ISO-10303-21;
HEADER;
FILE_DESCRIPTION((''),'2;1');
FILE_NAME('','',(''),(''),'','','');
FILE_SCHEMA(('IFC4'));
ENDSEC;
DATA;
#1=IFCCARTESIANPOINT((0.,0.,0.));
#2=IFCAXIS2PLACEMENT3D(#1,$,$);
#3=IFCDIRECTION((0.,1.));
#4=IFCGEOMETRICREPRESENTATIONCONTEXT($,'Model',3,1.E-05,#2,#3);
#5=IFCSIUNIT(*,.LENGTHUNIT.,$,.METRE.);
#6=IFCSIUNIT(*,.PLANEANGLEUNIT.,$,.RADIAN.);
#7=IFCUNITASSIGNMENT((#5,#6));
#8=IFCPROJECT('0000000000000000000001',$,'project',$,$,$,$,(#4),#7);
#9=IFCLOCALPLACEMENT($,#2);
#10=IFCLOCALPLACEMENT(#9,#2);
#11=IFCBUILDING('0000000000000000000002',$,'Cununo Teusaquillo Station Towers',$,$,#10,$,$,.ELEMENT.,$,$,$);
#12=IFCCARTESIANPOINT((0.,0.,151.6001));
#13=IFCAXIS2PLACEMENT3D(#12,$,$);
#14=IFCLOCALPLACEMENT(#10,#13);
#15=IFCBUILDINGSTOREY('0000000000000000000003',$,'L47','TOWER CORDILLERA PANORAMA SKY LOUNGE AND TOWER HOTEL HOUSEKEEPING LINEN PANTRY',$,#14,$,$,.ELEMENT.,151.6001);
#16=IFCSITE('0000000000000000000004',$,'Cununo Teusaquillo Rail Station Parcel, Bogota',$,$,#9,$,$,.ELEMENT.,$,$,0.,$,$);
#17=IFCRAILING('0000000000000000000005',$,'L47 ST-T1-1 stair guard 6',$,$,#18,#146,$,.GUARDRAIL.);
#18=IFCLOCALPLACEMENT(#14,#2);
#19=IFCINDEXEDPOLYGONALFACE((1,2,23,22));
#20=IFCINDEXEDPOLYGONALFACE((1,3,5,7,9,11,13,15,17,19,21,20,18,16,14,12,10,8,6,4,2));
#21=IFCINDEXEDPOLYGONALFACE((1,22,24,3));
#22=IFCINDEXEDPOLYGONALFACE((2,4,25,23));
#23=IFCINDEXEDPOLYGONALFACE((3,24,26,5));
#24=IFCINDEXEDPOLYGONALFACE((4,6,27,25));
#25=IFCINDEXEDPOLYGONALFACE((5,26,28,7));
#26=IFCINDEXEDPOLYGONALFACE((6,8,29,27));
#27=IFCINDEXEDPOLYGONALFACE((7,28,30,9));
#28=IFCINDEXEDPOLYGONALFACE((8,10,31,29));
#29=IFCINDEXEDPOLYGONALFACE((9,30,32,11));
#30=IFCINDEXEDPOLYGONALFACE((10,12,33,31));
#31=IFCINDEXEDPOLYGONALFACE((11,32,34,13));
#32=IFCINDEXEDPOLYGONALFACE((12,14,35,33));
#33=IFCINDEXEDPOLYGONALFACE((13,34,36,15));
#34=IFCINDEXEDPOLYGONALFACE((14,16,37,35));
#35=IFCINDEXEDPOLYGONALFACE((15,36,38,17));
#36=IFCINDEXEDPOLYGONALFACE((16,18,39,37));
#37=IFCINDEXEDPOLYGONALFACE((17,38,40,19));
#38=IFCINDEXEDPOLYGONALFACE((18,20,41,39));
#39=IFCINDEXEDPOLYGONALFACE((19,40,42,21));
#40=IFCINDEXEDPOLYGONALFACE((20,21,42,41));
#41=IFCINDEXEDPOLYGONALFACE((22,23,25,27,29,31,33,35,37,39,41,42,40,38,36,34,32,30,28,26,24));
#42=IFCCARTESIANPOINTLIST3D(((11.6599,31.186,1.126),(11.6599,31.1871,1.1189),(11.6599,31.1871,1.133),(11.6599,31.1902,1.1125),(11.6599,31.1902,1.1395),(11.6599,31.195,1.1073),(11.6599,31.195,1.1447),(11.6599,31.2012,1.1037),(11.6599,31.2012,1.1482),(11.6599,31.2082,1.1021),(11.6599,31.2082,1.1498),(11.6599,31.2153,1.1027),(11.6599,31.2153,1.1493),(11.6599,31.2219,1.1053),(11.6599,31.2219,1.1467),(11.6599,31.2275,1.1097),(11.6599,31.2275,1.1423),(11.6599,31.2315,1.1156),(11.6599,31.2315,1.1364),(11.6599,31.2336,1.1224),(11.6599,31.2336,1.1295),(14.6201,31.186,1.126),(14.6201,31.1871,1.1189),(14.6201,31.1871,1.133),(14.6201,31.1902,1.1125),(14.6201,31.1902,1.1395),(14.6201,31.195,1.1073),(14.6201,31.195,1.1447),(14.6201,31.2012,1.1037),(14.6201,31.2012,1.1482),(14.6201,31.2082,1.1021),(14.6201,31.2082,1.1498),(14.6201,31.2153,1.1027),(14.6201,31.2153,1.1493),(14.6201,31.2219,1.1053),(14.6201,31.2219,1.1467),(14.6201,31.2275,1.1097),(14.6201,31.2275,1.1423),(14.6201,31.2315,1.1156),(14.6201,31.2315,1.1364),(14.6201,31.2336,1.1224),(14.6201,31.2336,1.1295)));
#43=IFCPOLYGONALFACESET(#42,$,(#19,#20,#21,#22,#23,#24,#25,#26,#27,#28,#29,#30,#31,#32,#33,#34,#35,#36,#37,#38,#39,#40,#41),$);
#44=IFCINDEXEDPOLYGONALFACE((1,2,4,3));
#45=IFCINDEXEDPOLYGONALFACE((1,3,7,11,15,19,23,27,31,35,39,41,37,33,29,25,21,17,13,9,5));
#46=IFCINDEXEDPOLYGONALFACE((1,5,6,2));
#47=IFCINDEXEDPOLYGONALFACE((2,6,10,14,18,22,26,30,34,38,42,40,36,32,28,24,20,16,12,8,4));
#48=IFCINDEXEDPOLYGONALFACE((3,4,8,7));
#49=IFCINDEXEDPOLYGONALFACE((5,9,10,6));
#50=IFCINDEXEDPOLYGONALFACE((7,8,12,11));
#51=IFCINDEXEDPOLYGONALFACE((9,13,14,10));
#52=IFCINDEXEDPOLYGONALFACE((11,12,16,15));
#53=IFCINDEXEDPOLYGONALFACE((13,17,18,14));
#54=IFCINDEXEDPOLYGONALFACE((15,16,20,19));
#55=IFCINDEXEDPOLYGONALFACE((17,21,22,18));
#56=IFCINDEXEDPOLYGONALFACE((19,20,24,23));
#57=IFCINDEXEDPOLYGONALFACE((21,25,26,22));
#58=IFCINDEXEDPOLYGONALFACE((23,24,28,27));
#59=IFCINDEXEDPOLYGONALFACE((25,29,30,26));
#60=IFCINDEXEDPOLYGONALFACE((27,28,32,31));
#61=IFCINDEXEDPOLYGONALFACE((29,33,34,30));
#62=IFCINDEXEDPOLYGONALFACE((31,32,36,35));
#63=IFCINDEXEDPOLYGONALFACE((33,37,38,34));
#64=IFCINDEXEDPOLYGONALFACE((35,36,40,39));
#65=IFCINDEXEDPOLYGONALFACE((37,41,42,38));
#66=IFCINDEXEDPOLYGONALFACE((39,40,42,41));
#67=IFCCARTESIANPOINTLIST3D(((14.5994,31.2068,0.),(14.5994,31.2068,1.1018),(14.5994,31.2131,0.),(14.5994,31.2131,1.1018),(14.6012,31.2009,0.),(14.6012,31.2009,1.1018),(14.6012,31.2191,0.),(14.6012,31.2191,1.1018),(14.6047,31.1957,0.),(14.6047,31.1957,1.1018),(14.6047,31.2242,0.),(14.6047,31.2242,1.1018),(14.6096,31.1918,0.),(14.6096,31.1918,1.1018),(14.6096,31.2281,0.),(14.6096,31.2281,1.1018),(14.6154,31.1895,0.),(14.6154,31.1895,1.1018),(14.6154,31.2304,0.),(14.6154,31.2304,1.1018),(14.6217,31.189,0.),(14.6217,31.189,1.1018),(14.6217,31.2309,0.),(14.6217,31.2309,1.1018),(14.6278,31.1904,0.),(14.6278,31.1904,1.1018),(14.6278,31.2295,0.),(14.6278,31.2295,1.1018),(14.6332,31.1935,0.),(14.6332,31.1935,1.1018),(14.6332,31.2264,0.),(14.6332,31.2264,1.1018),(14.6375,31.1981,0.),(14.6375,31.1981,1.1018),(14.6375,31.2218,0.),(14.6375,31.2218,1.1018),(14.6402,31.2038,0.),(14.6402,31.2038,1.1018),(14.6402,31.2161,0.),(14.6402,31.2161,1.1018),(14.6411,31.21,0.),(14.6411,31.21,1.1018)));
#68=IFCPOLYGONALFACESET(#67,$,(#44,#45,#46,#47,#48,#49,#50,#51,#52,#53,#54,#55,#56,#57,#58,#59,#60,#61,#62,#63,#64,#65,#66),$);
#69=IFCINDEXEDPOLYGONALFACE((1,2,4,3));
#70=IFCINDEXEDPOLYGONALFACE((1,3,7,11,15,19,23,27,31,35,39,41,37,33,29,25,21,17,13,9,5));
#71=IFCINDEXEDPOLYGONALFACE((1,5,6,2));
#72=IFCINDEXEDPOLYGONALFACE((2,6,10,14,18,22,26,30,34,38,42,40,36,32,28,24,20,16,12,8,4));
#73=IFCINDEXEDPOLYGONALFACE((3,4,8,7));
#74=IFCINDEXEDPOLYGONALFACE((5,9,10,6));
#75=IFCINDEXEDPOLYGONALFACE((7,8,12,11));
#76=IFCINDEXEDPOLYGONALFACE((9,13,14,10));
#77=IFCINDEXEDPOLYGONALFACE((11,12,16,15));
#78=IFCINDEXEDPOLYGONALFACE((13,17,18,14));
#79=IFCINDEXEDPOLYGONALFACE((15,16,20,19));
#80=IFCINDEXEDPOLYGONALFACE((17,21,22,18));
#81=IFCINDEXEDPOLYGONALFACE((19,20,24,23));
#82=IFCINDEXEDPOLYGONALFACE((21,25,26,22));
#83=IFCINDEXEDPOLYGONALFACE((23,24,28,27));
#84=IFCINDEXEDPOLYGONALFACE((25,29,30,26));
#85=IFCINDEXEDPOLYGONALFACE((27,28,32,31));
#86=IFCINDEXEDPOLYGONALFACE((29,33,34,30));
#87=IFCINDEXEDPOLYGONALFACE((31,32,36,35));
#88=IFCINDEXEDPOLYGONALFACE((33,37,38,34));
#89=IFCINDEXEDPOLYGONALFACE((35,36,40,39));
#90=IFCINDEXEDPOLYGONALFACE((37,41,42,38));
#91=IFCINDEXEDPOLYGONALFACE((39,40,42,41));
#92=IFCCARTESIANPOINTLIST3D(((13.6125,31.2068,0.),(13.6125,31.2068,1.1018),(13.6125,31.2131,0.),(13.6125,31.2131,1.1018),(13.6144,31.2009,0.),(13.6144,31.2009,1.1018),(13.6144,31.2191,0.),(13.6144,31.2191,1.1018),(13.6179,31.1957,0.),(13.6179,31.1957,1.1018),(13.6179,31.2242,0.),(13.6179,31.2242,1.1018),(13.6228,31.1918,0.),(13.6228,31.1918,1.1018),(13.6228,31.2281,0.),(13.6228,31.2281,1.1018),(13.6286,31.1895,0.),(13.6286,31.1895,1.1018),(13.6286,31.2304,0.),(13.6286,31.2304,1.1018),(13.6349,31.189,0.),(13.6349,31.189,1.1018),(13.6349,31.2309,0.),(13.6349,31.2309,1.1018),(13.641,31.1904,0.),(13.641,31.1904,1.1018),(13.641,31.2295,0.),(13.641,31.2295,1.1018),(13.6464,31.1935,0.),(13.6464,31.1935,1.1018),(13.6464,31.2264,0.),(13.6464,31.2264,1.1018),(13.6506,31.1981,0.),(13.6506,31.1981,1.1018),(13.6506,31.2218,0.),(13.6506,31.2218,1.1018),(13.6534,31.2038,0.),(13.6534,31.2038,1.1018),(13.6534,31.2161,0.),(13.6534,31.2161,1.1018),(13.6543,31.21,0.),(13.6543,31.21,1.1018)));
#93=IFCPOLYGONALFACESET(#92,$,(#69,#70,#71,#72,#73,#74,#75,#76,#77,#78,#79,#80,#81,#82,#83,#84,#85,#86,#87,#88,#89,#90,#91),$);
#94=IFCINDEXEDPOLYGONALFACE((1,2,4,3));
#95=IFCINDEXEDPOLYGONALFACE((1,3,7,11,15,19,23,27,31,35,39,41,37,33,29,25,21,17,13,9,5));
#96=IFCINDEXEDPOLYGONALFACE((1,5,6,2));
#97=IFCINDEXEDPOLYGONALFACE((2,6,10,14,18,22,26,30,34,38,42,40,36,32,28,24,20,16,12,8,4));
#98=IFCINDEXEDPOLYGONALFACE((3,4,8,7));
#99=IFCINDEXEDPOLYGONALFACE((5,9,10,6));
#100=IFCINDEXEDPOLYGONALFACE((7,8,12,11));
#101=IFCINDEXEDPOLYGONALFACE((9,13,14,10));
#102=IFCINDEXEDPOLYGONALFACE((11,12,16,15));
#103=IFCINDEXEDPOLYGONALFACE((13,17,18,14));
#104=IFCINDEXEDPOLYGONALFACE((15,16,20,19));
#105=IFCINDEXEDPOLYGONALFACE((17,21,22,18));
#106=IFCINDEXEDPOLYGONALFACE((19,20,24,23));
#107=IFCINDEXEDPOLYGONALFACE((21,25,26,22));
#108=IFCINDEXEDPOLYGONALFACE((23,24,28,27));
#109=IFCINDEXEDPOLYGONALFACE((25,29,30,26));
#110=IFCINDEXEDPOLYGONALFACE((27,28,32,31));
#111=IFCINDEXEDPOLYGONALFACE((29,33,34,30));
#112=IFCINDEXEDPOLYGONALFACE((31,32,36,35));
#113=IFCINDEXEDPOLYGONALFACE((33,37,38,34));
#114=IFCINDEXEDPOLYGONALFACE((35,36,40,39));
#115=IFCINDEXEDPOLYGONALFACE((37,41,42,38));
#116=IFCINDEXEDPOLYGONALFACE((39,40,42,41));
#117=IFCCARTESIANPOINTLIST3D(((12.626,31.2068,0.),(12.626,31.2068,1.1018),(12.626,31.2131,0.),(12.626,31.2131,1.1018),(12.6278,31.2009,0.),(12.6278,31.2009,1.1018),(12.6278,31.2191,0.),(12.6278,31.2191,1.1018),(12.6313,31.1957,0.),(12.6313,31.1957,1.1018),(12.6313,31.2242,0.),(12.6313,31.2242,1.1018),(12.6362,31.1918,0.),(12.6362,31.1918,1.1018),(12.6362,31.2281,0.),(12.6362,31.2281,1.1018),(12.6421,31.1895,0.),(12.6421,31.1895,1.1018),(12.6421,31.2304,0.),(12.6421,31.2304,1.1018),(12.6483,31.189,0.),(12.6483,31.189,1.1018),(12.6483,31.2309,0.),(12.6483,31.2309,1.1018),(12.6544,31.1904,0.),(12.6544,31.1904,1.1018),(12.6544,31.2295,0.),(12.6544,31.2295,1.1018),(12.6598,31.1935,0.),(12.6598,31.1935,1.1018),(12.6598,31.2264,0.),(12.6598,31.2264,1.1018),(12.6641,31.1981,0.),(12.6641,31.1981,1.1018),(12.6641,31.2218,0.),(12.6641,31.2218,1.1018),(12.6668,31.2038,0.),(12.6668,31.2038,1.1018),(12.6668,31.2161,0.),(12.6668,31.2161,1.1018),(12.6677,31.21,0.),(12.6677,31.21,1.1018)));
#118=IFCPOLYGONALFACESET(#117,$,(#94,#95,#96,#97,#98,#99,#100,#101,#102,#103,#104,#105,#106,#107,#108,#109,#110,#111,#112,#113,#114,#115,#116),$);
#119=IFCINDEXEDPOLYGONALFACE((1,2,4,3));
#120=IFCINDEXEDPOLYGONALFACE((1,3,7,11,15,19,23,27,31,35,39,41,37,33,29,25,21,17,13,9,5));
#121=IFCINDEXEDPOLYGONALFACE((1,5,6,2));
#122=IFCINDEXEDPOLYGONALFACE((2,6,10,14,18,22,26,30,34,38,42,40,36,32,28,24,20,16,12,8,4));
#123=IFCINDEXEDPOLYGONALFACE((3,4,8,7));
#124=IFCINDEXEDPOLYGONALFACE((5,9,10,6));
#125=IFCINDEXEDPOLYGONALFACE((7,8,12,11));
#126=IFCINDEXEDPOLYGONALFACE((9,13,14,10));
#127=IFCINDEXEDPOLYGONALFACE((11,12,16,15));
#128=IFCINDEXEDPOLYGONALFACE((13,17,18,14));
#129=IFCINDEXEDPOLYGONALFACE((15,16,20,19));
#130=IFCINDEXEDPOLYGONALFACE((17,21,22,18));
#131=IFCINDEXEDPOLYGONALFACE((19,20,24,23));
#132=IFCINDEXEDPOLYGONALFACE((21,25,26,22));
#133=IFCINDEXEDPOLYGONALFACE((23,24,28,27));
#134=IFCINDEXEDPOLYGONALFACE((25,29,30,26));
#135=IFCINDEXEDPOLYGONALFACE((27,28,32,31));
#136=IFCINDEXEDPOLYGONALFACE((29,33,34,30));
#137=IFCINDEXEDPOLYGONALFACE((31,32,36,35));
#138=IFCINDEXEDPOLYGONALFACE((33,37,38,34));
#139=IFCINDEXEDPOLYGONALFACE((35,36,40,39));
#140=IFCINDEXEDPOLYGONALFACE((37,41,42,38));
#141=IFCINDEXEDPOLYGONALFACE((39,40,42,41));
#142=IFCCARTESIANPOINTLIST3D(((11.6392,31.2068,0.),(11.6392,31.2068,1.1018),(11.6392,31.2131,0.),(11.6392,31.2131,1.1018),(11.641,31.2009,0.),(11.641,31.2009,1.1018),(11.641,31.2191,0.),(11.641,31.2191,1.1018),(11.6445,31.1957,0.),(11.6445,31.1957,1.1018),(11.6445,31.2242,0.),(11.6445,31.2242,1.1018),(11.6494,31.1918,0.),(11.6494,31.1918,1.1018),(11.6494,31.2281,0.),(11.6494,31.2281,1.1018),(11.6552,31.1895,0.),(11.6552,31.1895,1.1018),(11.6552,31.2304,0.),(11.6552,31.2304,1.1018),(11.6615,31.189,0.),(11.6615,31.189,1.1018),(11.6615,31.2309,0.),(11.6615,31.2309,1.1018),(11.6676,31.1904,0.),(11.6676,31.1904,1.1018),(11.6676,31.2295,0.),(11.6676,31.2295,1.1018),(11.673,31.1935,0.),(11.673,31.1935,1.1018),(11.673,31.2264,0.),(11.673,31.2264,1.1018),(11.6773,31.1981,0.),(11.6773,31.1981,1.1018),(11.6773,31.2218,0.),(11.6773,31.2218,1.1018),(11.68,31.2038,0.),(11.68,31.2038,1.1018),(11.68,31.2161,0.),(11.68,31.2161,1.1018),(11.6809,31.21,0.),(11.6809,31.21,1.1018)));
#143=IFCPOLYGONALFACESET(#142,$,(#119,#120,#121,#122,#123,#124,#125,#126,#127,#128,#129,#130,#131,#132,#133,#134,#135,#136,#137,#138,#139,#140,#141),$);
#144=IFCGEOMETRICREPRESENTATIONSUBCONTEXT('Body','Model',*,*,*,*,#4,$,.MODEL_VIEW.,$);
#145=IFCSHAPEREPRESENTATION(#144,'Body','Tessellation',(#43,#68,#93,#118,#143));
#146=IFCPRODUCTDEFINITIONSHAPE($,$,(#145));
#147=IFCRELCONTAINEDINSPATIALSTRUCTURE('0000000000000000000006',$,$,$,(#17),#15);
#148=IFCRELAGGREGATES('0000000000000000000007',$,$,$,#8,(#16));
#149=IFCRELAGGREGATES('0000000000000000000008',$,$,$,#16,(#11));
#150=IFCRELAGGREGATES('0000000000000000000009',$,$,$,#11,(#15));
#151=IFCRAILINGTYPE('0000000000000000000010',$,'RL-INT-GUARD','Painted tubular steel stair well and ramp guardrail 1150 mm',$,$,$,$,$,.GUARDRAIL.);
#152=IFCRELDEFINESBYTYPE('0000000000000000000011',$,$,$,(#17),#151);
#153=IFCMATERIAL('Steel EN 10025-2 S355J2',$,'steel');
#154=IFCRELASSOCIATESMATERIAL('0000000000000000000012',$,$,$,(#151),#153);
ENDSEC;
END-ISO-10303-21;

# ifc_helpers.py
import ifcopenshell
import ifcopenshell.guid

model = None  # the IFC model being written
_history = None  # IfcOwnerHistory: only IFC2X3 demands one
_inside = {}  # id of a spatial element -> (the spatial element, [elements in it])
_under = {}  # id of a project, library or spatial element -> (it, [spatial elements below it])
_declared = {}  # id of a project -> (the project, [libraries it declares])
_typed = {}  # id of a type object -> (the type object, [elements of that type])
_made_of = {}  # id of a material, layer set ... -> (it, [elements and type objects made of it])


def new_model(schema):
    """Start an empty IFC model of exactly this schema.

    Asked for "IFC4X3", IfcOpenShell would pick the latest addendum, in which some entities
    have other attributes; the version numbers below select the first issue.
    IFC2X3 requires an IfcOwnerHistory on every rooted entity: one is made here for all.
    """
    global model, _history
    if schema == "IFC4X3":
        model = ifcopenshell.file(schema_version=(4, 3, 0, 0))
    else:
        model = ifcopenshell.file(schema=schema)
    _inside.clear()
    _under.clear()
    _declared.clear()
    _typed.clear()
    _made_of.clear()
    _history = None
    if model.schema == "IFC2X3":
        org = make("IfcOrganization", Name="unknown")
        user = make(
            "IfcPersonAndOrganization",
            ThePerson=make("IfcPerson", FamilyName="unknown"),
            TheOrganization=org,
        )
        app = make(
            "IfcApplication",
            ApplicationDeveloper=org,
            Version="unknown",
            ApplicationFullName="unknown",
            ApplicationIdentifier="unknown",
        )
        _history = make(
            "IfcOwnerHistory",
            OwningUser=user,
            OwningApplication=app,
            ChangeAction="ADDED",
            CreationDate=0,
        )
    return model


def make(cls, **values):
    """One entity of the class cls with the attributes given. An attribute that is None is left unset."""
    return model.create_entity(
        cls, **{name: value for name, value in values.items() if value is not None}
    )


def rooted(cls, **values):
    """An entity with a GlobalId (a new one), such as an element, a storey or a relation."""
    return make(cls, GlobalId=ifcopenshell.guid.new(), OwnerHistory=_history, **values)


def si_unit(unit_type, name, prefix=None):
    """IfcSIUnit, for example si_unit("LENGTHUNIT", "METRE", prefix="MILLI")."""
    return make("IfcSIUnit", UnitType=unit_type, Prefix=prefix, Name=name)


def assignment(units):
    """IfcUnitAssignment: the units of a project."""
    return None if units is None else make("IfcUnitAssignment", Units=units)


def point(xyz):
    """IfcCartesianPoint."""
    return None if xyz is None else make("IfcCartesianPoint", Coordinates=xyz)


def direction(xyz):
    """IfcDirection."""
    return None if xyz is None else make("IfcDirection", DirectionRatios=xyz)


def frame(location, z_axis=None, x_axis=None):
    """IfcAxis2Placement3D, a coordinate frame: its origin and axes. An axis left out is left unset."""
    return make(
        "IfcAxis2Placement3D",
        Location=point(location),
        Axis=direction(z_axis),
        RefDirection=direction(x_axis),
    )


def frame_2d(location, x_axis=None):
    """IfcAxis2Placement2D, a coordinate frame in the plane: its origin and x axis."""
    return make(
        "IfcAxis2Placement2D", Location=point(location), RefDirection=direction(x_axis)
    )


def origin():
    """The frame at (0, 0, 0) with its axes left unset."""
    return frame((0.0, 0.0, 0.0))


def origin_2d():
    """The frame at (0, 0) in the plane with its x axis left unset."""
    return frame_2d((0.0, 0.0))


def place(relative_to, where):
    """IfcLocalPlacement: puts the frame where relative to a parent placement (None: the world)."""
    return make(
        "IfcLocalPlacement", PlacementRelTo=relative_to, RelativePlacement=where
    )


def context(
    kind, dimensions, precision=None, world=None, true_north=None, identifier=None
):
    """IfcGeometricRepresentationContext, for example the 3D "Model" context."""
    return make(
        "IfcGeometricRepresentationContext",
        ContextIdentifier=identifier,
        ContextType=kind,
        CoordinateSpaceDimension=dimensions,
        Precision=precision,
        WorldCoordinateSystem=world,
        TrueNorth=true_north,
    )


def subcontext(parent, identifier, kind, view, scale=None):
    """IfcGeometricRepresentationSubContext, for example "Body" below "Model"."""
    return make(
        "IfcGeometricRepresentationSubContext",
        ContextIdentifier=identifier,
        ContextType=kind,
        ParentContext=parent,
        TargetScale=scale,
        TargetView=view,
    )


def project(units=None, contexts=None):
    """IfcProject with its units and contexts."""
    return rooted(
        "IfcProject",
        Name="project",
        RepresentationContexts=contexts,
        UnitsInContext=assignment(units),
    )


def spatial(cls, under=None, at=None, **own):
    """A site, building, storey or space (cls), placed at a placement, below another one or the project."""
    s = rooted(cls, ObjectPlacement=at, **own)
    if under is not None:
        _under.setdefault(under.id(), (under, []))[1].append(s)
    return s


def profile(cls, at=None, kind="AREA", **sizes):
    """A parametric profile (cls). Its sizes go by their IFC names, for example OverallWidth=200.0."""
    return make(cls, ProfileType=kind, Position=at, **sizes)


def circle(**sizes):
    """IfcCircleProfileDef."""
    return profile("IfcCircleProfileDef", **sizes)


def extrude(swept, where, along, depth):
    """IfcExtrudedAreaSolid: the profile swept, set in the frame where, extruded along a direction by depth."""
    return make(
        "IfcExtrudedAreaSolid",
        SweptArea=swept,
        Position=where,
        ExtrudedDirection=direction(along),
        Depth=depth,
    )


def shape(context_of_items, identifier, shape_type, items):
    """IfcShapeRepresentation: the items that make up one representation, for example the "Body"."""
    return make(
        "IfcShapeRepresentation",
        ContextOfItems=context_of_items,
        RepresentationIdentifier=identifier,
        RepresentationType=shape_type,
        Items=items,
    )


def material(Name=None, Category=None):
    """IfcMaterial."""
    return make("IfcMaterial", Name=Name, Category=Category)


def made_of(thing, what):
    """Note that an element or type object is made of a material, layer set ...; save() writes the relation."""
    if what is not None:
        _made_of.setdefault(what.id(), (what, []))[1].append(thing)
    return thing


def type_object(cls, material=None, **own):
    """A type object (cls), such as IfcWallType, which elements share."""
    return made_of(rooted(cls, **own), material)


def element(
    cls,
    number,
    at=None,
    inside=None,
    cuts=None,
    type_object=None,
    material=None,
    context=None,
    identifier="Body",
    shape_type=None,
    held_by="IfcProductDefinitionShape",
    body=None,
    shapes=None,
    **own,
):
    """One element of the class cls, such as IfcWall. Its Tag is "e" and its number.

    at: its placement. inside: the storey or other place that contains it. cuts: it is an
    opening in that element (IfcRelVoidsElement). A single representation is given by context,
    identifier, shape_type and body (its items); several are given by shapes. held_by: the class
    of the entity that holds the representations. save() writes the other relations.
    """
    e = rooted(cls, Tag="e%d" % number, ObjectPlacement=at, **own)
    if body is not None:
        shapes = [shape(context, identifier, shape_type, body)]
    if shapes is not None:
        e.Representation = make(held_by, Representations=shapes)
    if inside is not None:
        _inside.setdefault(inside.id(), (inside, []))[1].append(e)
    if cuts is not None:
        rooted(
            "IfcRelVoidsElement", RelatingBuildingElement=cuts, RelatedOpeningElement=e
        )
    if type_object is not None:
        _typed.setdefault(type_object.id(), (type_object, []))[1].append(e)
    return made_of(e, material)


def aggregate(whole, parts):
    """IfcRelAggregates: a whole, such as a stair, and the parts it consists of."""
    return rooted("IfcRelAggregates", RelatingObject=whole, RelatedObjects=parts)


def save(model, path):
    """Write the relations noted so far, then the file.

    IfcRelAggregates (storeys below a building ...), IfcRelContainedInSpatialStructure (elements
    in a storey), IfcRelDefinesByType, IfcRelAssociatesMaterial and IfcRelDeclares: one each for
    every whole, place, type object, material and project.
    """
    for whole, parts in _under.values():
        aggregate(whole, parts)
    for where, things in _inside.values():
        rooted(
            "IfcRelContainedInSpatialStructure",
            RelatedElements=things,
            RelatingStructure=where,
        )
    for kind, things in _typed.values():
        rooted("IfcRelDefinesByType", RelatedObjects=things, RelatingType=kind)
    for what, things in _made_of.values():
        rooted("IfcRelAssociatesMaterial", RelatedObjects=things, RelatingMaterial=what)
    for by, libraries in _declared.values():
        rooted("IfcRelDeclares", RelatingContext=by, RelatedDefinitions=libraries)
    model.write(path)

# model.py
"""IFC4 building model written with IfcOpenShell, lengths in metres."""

from ifc_helpers import new_model, si_unit, direction, frame, origin, origin_2d, place, context, subcontext, project, spatial, circle, extrude, material, type_object, element, save


model = new_model("IFC4")

# Units and contexts
model_context = context("Model", 3, precision=1e-05, world=origin(), true_north=direction((0.0, 1.0)))
body_context = subcontext(model_context, "Body", "Model", "MODEL_VIEW")
ifc_project = project(units=[si_unit("LENGTHUNIT", "METRE"), si_unit("PLANEANGLEUNIT", "RADIAN")], contexts=[model_context])

# Site, building, storey
site_placement = place(None, origin())
site = spatial("IfcSite", under=ifc_project, at=site_placement, Name="Cununo Teusaquillo Rail Station Parcel, Bogota", CompositionType="ELEMENT", RefElevation=0.0)
building_placement = place(site_placement, origin())
building = spatial("IfcBuilding", under=site, at=building_placement, Name="Cununo Teusaquillo Station Towers", CompositionType="ELEMENT")
storey_placement = place(building_placement, frame((0.0, 0.0, 151.6001)))
storey = spatial("IfcBuildingStorey", under=building, at=storey_placement, Name="L47", Description="TOWER CORDILLERA PANORAMA SKY LOUNGE AND TOWER HOTEL HOUSEKEEPING LINEN PANTRY", CompositionType="ELEMENT", Elevation=151.6001)

# Railing
ifc_material_1 = material(Name="Steel EN 10025-2 S355J2", Category="steel")
railing_type_1 = type_object("IfcRailingType", Name="RL-INT-GUARD", Description="Painted tubular steel stair well and ramp guardrail 1150 mm", PredefinedType="GUARDRAIL", material=ifc_material_1)
railing_1_placement = place(storey_placement, frame((14.6201, 31.21, 0.0)))
element("IfcRailing", 1, at=railing_1_placement, inside=storey, type_object=railing_type_1, Name="L47 ST-T1-1 stair guard 6", PredefinedType="GUARDRAIL", context=body_context, shape_type="SweptSolid", body=[
    extrude(circle(Radius=0.0239, at=origin_2d()), frame((0.0, 0.0, 1.126), z_axis=(-1.0, 0.0, 0.0), x_axis=(0.0, -1.0, 0.0)), (0.0, 0.0, 1.0), 2.9602),
    extrude(circle(Radius=0.021, at=origin_2d()), origin(), (0.0, 0.0, 1.0), 1.1018),
    extrude(circle(Radius=0.021, at=origin_2d()), frame((-0.9868, 0.0, 0.0)), (0.0, 0.0, 1.0), 1.1018),
    extrude(circle(Radius=0.021, at=origin_2d()), frame((-1.9734, 0.0, 0.0)), (0.0, 0.0, 1.0), 1.1018),
    extrude(circle(Radius=0.021, at=origin_2d()), frame((-2.9602, 0.0, 0.0)), (0.0, 0.0, 1.0), 1.1018),
])

save(model, "model.ifc")
